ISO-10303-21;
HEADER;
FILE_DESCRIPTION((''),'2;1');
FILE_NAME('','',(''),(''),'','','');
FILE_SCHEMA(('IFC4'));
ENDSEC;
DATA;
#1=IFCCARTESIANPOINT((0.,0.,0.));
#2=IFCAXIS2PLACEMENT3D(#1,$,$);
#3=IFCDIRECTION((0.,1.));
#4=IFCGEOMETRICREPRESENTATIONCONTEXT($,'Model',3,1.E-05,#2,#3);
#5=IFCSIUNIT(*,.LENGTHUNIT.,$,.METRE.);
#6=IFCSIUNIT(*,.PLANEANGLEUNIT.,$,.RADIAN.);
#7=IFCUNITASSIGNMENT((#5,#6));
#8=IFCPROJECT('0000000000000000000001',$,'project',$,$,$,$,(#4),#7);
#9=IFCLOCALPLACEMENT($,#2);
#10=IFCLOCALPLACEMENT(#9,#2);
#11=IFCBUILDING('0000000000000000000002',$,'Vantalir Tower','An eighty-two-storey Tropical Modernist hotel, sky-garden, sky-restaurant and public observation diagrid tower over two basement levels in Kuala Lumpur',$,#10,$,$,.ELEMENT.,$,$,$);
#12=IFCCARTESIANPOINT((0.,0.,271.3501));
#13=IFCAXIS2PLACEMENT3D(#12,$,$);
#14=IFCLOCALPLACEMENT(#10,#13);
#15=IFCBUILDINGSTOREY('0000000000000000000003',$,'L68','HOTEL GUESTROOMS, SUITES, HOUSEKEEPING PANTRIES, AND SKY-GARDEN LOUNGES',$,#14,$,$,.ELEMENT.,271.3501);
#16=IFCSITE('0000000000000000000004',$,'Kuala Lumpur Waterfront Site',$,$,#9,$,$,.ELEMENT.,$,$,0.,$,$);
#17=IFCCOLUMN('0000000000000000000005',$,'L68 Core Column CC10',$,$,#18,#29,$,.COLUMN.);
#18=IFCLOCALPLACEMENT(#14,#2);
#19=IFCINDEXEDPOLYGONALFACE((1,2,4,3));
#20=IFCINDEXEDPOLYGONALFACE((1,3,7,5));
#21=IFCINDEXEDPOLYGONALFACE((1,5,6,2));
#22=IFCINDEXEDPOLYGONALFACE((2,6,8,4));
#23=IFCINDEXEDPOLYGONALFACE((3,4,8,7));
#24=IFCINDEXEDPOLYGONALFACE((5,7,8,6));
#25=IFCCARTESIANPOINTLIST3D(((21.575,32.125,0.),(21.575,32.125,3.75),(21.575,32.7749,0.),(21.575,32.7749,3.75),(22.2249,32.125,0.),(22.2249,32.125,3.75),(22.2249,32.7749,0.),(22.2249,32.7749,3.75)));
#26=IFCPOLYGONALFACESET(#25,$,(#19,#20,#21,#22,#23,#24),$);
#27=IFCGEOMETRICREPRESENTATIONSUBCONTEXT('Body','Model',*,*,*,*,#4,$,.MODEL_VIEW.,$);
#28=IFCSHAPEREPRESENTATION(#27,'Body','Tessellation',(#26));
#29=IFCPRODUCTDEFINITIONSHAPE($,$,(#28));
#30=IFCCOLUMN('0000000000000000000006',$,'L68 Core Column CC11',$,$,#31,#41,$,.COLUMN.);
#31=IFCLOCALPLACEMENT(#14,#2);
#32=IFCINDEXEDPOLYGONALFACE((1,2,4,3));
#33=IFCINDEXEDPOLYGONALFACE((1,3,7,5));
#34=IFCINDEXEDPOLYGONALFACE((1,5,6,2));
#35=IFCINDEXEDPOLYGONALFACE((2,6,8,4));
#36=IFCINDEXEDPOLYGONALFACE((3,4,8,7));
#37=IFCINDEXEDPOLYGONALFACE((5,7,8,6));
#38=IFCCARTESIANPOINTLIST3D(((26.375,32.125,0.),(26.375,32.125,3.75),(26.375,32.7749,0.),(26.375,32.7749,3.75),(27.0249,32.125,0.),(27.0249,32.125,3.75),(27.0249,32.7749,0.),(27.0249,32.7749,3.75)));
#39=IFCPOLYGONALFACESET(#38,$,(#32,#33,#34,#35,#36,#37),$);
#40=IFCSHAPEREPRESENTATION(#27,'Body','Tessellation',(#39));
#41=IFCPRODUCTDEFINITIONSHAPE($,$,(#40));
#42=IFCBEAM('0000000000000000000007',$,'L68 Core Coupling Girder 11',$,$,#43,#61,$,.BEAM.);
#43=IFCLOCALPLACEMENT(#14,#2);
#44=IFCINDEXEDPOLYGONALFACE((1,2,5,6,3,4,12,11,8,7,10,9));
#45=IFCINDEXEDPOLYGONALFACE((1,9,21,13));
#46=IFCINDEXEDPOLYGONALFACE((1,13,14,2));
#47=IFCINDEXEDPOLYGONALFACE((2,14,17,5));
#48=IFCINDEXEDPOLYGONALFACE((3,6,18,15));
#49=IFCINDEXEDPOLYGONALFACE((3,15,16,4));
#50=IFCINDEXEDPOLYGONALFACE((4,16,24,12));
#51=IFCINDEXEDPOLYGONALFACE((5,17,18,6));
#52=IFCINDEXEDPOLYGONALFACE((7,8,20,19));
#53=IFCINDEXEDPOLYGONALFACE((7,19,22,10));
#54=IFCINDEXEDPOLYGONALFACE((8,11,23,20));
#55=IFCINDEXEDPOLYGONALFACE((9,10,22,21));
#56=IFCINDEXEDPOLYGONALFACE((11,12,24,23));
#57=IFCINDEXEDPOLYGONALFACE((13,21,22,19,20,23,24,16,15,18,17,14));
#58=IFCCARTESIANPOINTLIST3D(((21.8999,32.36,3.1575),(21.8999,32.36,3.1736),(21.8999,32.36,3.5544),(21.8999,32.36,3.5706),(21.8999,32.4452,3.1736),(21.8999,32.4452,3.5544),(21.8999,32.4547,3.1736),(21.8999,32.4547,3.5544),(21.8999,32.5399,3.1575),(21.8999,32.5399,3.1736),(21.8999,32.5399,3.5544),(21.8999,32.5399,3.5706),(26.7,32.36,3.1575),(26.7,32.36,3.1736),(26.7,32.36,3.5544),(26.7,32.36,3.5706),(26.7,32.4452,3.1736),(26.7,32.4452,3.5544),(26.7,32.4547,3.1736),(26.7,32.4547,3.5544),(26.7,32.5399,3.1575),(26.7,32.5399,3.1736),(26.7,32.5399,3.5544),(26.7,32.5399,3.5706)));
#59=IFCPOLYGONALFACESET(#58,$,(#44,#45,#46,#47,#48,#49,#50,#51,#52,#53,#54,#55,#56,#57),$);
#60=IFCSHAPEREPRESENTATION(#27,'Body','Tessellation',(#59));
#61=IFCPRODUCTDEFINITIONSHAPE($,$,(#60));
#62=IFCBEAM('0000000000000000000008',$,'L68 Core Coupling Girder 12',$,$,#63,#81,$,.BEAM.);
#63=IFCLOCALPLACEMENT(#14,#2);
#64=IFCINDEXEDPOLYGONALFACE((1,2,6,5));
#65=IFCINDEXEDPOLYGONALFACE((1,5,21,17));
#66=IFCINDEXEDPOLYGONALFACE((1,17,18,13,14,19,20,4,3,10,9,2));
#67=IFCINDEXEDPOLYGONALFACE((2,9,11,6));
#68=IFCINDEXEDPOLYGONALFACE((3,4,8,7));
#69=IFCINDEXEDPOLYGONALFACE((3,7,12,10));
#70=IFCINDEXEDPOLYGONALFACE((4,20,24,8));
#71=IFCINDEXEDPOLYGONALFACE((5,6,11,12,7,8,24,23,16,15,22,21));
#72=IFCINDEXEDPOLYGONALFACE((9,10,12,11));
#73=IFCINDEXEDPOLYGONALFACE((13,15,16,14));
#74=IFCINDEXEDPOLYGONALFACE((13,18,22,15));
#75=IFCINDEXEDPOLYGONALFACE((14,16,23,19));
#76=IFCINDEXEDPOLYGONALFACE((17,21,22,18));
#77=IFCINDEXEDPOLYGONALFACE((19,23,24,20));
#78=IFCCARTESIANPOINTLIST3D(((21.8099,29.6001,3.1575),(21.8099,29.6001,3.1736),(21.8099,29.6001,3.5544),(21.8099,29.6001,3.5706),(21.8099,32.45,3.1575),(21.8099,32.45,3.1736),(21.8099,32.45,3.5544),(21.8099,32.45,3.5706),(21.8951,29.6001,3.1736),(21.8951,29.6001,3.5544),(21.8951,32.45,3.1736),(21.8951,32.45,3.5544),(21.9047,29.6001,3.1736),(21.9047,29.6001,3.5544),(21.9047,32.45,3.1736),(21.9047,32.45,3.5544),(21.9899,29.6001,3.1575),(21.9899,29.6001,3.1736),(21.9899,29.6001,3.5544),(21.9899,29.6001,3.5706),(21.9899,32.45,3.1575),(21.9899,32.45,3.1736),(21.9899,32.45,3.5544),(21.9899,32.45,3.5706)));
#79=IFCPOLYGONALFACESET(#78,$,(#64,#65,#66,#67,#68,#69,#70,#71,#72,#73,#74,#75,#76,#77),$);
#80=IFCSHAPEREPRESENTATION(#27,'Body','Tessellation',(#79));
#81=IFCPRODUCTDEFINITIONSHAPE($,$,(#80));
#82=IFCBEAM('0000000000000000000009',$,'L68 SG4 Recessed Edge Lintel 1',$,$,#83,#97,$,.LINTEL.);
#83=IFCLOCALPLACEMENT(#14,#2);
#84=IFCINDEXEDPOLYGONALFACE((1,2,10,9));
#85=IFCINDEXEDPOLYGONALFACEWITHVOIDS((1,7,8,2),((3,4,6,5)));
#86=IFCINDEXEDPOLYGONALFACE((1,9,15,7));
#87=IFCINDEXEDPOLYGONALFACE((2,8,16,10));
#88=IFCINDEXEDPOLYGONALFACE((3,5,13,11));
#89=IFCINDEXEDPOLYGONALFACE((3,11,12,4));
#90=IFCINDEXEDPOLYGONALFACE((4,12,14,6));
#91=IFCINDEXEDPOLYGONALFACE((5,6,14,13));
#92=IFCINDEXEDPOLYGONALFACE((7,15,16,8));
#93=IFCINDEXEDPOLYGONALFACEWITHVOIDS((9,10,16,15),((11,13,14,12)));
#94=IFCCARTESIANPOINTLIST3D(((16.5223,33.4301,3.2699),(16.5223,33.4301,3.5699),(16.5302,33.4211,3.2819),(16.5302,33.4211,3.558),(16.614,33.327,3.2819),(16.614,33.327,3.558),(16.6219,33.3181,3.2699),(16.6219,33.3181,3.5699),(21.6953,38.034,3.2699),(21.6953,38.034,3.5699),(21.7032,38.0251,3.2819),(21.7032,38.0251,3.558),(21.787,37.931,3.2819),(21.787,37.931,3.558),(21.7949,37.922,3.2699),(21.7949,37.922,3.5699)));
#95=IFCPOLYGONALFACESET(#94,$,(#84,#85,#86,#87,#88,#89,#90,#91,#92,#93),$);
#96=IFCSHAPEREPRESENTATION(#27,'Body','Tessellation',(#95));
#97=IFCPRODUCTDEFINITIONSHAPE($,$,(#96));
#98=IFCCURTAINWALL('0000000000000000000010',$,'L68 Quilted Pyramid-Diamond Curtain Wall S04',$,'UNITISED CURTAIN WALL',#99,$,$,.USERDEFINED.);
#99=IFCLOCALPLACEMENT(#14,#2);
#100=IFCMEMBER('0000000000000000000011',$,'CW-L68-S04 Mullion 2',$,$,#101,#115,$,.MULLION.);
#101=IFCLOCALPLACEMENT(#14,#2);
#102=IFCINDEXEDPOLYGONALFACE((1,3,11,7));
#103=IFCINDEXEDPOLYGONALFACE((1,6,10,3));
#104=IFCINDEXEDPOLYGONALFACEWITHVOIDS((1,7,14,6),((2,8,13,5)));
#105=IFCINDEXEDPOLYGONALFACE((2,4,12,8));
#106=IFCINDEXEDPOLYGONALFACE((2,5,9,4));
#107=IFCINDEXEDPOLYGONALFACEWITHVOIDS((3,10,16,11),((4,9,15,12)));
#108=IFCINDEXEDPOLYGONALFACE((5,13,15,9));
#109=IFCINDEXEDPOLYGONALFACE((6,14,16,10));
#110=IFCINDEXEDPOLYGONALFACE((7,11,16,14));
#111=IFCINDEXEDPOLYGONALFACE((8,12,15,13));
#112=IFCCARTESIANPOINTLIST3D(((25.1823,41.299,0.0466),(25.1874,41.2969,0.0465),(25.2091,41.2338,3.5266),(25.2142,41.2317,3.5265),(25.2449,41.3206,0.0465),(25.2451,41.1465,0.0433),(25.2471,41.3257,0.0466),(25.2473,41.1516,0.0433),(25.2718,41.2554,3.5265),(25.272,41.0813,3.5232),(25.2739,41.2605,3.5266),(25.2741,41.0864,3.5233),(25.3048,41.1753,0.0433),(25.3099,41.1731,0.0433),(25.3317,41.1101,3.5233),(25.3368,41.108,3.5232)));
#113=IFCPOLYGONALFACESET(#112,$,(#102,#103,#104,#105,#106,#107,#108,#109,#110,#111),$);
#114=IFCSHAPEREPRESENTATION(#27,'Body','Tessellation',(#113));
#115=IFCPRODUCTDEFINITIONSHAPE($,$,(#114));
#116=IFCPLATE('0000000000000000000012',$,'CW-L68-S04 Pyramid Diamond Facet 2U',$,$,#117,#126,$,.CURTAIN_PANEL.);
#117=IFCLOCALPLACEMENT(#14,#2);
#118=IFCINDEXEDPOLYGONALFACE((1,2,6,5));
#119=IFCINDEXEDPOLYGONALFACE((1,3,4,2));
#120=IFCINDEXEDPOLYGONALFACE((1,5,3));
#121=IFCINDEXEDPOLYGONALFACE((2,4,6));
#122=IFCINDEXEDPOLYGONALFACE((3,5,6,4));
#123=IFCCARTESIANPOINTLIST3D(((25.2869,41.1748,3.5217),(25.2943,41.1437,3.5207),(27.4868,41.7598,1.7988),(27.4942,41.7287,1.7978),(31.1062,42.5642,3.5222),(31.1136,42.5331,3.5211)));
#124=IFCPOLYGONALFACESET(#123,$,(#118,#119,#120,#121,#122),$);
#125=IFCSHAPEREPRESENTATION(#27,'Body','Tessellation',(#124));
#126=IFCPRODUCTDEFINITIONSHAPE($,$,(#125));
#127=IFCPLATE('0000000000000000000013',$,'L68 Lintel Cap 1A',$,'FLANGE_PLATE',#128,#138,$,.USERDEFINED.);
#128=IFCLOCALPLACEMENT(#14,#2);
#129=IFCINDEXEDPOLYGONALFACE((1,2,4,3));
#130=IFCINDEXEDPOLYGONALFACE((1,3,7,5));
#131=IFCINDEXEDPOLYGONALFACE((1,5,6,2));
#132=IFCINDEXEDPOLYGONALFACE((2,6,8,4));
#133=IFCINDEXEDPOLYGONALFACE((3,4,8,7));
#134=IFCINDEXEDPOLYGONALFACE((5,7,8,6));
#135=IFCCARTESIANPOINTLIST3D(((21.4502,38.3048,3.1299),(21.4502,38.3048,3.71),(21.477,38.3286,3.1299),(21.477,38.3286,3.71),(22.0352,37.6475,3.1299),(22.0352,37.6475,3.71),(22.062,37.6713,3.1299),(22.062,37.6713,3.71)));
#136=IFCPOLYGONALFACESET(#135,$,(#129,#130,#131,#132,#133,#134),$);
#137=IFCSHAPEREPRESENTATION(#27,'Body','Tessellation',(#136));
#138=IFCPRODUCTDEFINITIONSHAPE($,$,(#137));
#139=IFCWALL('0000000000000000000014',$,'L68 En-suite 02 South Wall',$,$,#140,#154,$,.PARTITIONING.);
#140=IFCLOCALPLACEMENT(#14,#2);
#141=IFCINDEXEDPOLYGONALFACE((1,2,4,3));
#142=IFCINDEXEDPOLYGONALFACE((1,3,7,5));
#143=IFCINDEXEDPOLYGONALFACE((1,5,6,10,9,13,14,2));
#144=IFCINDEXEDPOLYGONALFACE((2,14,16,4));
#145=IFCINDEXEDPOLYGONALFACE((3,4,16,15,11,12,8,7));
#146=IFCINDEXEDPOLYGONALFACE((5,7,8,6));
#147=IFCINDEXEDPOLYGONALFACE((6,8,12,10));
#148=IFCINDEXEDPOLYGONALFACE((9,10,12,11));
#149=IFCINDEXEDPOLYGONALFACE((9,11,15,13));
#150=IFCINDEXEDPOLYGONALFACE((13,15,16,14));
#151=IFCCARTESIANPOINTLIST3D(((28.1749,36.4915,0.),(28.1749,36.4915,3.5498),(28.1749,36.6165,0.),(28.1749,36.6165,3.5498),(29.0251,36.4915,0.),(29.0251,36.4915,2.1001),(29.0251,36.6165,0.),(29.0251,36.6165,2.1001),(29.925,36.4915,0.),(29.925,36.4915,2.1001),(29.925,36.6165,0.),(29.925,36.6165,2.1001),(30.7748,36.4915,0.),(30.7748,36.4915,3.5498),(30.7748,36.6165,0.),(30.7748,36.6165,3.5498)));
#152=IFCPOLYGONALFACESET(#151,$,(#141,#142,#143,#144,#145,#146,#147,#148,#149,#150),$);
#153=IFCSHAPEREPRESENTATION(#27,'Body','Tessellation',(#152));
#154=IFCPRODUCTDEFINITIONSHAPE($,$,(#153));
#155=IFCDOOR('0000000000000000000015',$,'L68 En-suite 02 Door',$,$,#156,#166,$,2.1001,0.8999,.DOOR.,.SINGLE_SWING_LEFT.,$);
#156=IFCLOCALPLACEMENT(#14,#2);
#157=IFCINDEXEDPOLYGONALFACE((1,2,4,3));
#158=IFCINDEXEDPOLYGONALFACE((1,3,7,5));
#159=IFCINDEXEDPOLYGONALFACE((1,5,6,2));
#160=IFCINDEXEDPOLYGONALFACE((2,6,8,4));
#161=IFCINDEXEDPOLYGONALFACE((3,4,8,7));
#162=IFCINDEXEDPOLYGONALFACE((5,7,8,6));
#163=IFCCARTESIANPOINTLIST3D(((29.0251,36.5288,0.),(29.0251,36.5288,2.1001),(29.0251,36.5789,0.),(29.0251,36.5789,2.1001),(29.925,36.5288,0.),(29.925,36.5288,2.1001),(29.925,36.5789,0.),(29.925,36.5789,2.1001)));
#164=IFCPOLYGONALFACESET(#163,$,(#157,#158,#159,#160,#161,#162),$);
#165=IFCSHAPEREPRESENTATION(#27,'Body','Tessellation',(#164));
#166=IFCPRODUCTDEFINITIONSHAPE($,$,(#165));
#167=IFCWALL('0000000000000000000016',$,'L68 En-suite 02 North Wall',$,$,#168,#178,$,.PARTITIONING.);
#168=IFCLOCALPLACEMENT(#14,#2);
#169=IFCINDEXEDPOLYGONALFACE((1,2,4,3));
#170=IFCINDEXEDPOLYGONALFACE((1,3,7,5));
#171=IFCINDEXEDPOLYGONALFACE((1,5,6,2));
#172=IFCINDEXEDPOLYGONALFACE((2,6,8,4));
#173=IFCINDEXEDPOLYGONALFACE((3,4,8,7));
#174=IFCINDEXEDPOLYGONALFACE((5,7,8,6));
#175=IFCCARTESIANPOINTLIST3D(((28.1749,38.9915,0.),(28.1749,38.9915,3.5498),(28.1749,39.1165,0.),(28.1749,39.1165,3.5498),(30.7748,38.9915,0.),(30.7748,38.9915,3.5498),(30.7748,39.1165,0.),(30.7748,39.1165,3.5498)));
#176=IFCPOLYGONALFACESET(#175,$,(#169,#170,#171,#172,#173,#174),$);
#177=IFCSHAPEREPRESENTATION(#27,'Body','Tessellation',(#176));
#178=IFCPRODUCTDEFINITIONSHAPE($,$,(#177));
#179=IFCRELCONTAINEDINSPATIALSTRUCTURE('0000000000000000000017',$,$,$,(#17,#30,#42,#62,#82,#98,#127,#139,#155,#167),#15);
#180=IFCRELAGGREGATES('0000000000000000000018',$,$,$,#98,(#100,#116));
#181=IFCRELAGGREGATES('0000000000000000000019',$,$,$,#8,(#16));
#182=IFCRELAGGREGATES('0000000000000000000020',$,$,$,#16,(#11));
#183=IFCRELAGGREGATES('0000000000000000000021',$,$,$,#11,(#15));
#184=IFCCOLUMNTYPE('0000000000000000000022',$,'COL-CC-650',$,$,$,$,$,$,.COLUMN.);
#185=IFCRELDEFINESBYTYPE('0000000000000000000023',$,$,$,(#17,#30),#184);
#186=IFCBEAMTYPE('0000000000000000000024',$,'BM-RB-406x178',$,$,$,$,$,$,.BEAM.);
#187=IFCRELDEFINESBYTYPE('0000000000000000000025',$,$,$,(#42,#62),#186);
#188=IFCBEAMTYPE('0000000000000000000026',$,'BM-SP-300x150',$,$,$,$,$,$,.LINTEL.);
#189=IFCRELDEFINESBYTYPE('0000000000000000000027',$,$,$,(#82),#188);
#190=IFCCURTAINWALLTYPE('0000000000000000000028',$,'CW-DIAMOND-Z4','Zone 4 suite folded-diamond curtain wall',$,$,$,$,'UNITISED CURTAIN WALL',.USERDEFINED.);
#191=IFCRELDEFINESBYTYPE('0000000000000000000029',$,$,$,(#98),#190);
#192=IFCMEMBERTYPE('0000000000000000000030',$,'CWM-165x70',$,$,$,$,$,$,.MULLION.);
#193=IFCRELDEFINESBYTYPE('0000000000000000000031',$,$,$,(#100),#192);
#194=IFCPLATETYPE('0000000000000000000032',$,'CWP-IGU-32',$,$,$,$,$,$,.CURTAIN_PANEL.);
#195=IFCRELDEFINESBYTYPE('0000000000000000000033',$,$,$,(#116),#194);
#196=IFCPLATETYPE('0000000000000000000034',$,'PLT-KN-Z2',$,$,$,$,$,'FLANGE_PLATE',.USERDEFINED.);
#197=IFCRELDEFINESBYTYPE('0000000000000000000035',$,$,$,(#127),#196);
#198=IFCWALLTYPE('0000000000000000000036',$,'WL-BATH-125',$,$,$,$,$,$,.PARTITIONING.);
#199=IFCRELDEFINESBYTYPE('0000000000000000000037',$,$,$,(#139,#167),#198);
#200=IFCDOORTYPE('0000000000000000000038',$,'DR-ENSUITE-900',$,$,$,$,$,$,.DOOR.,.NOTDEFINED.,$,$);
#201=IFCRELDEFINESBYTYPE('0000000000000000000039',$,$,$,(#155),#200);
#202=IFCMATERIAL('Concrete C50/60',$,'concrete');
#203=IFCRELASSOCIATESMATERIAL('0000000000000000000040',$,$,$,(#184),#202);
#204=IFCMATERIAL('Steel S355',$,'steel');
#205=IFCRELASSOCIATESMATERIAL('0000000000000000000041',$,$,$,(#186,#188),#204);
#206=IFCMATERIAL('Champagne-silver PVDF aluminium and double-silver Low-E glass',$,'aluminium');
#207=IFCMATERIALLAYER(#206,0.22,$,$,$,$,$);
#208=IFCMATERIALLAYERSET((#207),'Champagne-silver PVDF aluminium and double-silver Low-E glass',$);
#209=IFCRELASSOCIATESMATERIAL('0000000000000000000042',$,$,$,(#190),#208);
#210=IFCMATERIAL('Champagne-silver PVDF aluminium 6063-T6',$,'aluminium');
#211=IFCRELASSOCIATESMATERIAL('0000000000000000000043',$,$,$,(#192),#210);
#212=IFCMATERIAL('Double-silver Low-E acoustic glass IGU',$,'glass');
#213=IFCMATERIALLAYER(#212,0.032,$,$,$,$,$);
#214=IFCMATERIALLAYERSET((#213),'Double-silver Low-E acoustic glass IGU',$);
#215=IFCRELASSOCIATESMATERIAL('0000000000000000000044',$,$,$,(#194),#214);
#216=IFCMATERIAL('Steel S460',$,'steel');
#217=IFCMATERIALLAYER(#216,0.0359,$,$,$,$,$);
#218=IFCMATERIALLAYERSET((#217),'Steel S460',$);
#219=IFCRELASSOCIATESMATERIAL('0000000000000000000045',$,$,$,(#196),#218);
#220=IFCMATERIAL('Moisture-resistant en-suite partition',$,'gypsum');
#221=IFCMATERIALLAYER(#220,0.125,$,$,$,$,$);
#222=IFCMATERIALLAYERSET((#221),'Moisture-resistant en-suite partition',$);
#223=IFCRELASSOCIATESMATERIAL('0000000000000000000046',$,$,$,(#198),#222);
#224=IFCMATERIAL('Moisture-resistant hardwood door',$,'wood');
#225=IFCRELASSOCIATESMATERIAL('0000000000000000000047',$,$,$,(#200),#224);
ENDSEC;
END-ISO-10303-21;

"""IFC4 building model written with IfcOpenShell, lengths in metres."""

from ifc_helpers import new_model, si_unit, direction, frame, frame_2d, origin, origin_2d, place, context, subcontext, project, spatial, polyline, rectangle, hollow_rectangle, i_section, outline, extrude, material, layer, layer_set, material_profile, profile_set, type_object, element, fill, aggregate, save


model = new_model("IFC4")

# Units and contexts
model_context = context("Model", 3, precision=1e-05, world=origin(), true_north=direction((0.0, 1.0)))
body_context = subcontext(model_context, "Body", "Model", "MODEL_VIEW")
ifc_project = project(units=[si_unit("LENGTHUNIT", "METRE"), si_unit("PLANEANGLEUNIT", "RADIAN")], contexts=[model_context])

# Site, building, storey
site_placement = place(None, origin())
site = spatial("IfcSite", under=ifc_project, at=site_placement, Name="Kuala Lumpur Waterfront Site", CompositionType="ELEMENT", RefElevation=0.0)
building_placement = place(site_placement, origin())
building = spatial("IfcBuilding", under=site, at=building_placement, Name="Vantalir Tower", Description="An eighty-two-storey Tropical Modernist hotel, sky-garden, sky-restaurant and public observation diagrid tower over two basement levels in Kuala Lumpur", CompositionType="ELEMENT")
storey_placement = place(building_placement, frame((0.0, 0.0, 271.3501)))
storey = spatial("IfcBuildingStorey", under=building, at=storey_placement, Name="L68", Description="HOTEL GUESTROOMS, SUITES, HOUSEKEEPING PANTRIES, AND SKY-GARDEN LOUNGES", CompositionType="ELEMENT", Elevation=271.3501)

# Columns
ifc_material_1 = material(Name="Concrete C50/60", Category="concrete")
ifc_material_profile_1 = material_profile(ifc_material_1, rectangle(XDim=0.6499, YDim=0.6499, at=origin_2d()), Name="Concrete C50/60")
ifc_profile_set_1 = profile_set([ifc_material_profile_1], Name="Concrete C50/60")
column_type = type_object("IfcColumnType", Name="COL-CC-650", PredefinedType="COLUMN", material=ifc_profile_set_1)
for number, where, z_axis, x_axis, name in (
    (1, (21.8999, 32.45, 0.0), (0.0, 0.0, 1.0), (1.0, 0.0, 0.0), "L68 Core Column CC10"),
    (2, (26.7, 32.45, 0.0), (0.0, 0.0, 1.0), (1.0, 0.0, 0.0), "L68 Core Column CC11"),
):
    element("IfcColumn", number, at=place(storey_placement, frame(where, z_axis=z_axis, x_axis=x_axis)), inside=storey, type_object=column_type, Name=name, PredefinedType="COLUMN", context=body_context, shape_type="SweptSolid", body=[
        extrude(rectangle(XDim=0.6499, YDim=0.6499, at=origin_2d()), origin(), (0.0, 0.0, 1.0), 3.75),
    ])

# Beams
ifc_material_2 = material(Name="Steel S355", Category="steel")
ifc_material_profile_2 = material_profile(ifc_material_2, i_section(OverallWidth=0.1799, OverallDepth=0.4131, WebThickness=0.0095, FlangeThickness=0.0161, at=origin_2d()), Name="Steel S355")
ifc_profile_set_2 = profile_set([ifc_material_profile_2], Name="Steel S355")
beam_type_1 = type_object("IfcBeamType", Name="BM-RB-406x178", PredefinedType="BEAM", material=ifc_profile_set_2)
beam_1_placement = place(storey_placement, frame((26.7, 32.45, 3.364), z_axis=(-1.0, 0.0, 0.0), x_axis=(0.0, -1.0, 0.0)))
element("IfcBeam", 3, at=beam_1_placement, inside=storey, type_object=beam_type_1, Name="L68 Core Coupling Girder 11", PredefinedType="BEAM", context=body_context, shape_type="SweptSolid", body=[
    extrude(i_section(OverallWidth=0.1799, OverallDepth=0.4131, WebThickness=0.0095, FlangeThickness=0.0161, at=origin_2d()), origin(), (0.0, 0.0, 1.0), 4.8),
])
beam_2_placement = place(storey_placement, frame((21.8999, 32.45, 3.364), z_axis=(0.0, -1.0, 0.0), x_axis=(1.0, 0.0, 0.0)))
element("IfcBeam", 4, at=beam_2_placement, inside=storey, type_object=beam_type_1, Name="L68 Core Coupling Girder 12", PredefinedType="BEAM", context=body_context, shape_type="SweptSolid", body=[
    extrude(i_section(OverallWidth=0.1799, OverallDepth=0.4131, WebThickness=0.0095, FlangeThickness=0.0161, at=origin_2d()), origin(), (0.0, 0.0, 1.0), 2.8499),
])
ifc_material_profile_3 = material_profile(ifc_material_2, hollow_rectangle(XDim=0.1499, YDim=0.3, WallThickness=0.012, at=origin_2d()), Name="Steel S355")
ifc_profile_set_3 = profile_set([ifc_material_profile_3], Name="Steel S355")
beam_type_2 = type_object("IfcBeamType", Name="BM-SP-300x150", PredefinedType="LINTEL", material=ifc_profile_set_3)
beam_3_placement = place(storey_placement, frame((21.7451, 37.978, 3.4199), z_axis=(-0.747001, -0.664823, 0.0), x_axis=(0.664823, -0.747001, 0.0)))
element("IfcBeam", 5, at=beam_3_placement, inside=storey, type_object=beam_type_2, Name="L68 SG4 Recessed Edge Lintel 1", PredefinedType="LINTEL", context=body_context, shape_type="SweptSolid", body=[
    extrude(hollow_rectangle(XDim=0.1499, YDim=0.3, WallThickness=0.012, at=origin_2d()), origin(), (0.0, 0.0, 1.0), 6.925),
])

# Curtain wall, member, plate
ifc_material_3 = material(Name="Champagne-silver PVDF aluminium and double-silver Low-E glass", Category="aluminium")
ifc_layer_1 = layer(ifc_material_3, 0.22)
ifc_layer_set_1 = layer_set([ifc_layer_1], Name="Champagne-silver PVDF aluminium and double-silver Low-E glass")
curtain_wall_type = type_object("IfcCurtainWallType", Name="CW-DIAMOND-Z4", Description="Zone 4 suite folded-diamond curtain wall", ElementType="UNITISED CURTAIN WALL", PredefinedType="USERDEFINED", material=ifc_layer_set_1)
curtain_wall_placement = place(storey_placement, origin())
curtain_wall = element("IfcCurtainWall", 6, at=curtain_wall_placement, inside=storey, type_object=curtain_wall_type, Name="L68 Quilted Pyramid-Diamond Curtain Wall S04", ObjectType="UNITISED CURTAIN WALL", PredefinedType="USERDEFINED")
ifc_material_4 = material(Name="Champagne-silver PVDF aluminium 6063-T6", Category="aluminium")
ifc_material_profile_4 = material_profile(ifc_material_4, hollow_rectangle(XDim=0.0701, YDim=0.165, WallThickness=0.0039, at=origin_2d()), Name="Champagne-silver PVDF aluminium 6063-T6")
ifc_profile_set_4 = profile_set([ifc_material_profile_4], Name="Champagne-silver PVDF aluminium 6063-T6")
member_type = type_object("IfcMemberType", Name="CWM-165x70", PredefinedType="MULLION", material=ifc_profile_set_4)
member_placement = place(storey_placement, frame((25.2461, 41.2361, 0.0449), z_axis=(0.007716, -0.018728, 0.999795), x_axis=(0.924606, 0.380924, 0.0)))
member = element("IfcMember", 7, at=member_placement, type_object=member_type, Name="CW-L68-S04 Mullion 2", PredefinedType="MULLION", context=body_context, shape_type="SweptSolid", body=[
    extrude(hollow_rectangle(XDim=0.0701, YDim=0.165, WallThickness=0.0039, at=origin_2d()), origin(), (0.0, 0.0, 1.0), 3.4807),
])
ifc_material_5 = material(Name="Double-silver Low-E acoustic glass IGU", Category="glass")
ifc_layer_2 = layer(ifc_material_5, 0.032)
ifc_layer_set_2 = layer_set([ifc_layer_2], Name="Double-silver Low-E acoustic glass IGU")
plate_type_1 = type_object("IfcPlateType", Name="CWP-IGU-32", PredefinedType="CURTAIN_PANEL", material=ifc_layer_set_2)
plate_1_placement = place(storey_placement, frame((25.2869, 41.1748, 3.5217), z_axis=(-0.2321, 0.972108, 0.033685), x_axis=(0.972661, 0.232229, 0.000082)))
plate_1 = element("IfcPlate", 8, at=plate_1_placement, type_object=plate_type_1, Name="CW-L68-S04 Pyramid Diamond Facet 2U", PredefinedType="CURTAIN_PANEL", context=body_context, shape_type="SweptSolid", body=[
    extrude(outline(polyline([(0.0, 0.0), (5.9829, 0.0), (2.2755, 1.7241), (0.0, 0.0)])), origin(), (0.0, 0.0, -1.0), 0.032),
])
aggregate(curtain_wall, [member, plate_1])

# Plate
ifc_material_6 = material(Name="Steel S460", Category="steel")
ifc_layer_3 = layer(ifc_material_6, 0.0359)
ifc_layer_set_3 = layer_set([ifc_layer_3], Name="Steel S460")
plate_type_2 = type_object("IfcPlateType", Name="PLT-KN-Z2", ElementType="FLANGE_PLATE", PredefinedType="USERDEFINED", material=ifc_layer_set_3)
plate_2_placement = place(storey_placement, frame((21.7561, 37.988, 3.1299), z_axis=(0.0, 0.0, 1.0), x_axis=(-0.747033, -0.664787, 0.0)))
element("IfcPlate", 9, at=plate_2_placement, inside=storey, type_object=plate_type_2, Name="L68 Lintel Cap 1A", ObjectType="FLANGE_PLATE", PredefinedType="USERDEFINED", context=body_context, shape_type="SweptSolid", body=[
    extrude(rectangle(XDim=0.0359, YDim=0.8799, at=origin_2d()), origin(), (0.0, 0.0, 1.0), 0.5801),
])

# Wall, opening, door
ifc_material_7 = material(Name="Moisture-resistant en-suite partition", Category="gypsum")
ifc_layer_4 = layer(ifc_material_7, 0.125)
ifc_layer_set_4 = layer_set([ifc_layer_4], Name="Moisture-resistant en-suite partition")
wall_type_1 = type_object("IfcWallType", Name="WL-BATH-125", PredefinedType="PARTITIONING", material=ifc_layer_set_4)
wall_1_placement = place(storey_placement, frame((28.175, 36.554, 0.0), z_axis=(0.0, 0.0, 1.0), x_axis=(1.0, 0.0, 0.0)))
wall_1 = element("IfcWall", 10, at=wall_1_placement, inside=storey, type_object=wall_type_1, Name="L68 En-suite 02 South Wall", PredefinedType="PARTITIONING", context=body_context, shape_type="SweptSolid", body=[
    extrude(rectangle(XDim=2.5999, YDim=0.125, at=frame_2d((1.2998, 0.0))), origin(), (0.0, 0.0, 1.0), 3.5498),
])
opening_1_placement = place(wall_1_placement, frame((0.8501, 0.0, 0.0)))
opening_1 = element("IfcOpeningElement", 11, at=opening_1_placement, cuts=wall_1, PredefinedType="OPENING", context=body_context, shape_type="SweptSolid", body=[
    extrude(rectangle(XDim=0.8999, YDim=2.1001, at=frame_2d((0.45, 1.05))), frame((0.0, 0.0725, 0.0), z_axis=(0.0, -1.0, 0.0), x_axis=(1.0, 0.0, 0.0)), (0.0, 0.0, 1.0), 0.145),
])
ifc_material_8 = material(Name="Moisture-resistant hardwood door", Category="wood")
door_type_1 = type_object("IfcDoorType", Name="DR-ENSUITE-900", OperationType="NOTDEFINED", PredefinedType="DOOR", material=ifc_material_8)
door_1_placement = place(opening_1_placement, origin())
door_1 = element("IfcDoor", 12, at=door_1_placement, inside=storey, type_object=door_type_1, Name="L68 En-suite 02 Door", OperationType="SINGLE_SWING_LEFT", OverallHeight=2.1001, OverallWidth=0.8999, PredefinedType="DOOR", context=body_context, shape_type="SweptSolid", body=[
    extrude(rectangle(XDim=0.8999, YDim=2.1001, at=frame_2d((0.45, 1.05))), frame((0.0, 0.0249, 0.0), z_axis=(0.0, -1.0, 0.0), x_axis=(1.0, 0.0, 0.0)), (0.0, 0.0, 1.0), 0.05),
])
fill(opening_1, door_1)

# Wall
wall_2_placement = place(storey_placement, frame((28.175, 39.054, 0.0), z_axis=(0.0, 0.0, 1.0), x_axis=(1.0, 0.0, 0.0)))
element("IfcWall", 13, at=wall_2_placement, inside=storey, type_object=wall_type_1, Name="L68 En-suite 02 North Wall", PredefinedType="PARTITIONING", context=body_context, shape_type="SweptSolid", body=[
    extrude(rectangle(XDim=2.5999, YDim=0.125, at=frame_2d((1.2998, 0.0))), origin(), (0.0, 0.0, 1.0), 3.5498),
])

save(model, "model.ifc")
